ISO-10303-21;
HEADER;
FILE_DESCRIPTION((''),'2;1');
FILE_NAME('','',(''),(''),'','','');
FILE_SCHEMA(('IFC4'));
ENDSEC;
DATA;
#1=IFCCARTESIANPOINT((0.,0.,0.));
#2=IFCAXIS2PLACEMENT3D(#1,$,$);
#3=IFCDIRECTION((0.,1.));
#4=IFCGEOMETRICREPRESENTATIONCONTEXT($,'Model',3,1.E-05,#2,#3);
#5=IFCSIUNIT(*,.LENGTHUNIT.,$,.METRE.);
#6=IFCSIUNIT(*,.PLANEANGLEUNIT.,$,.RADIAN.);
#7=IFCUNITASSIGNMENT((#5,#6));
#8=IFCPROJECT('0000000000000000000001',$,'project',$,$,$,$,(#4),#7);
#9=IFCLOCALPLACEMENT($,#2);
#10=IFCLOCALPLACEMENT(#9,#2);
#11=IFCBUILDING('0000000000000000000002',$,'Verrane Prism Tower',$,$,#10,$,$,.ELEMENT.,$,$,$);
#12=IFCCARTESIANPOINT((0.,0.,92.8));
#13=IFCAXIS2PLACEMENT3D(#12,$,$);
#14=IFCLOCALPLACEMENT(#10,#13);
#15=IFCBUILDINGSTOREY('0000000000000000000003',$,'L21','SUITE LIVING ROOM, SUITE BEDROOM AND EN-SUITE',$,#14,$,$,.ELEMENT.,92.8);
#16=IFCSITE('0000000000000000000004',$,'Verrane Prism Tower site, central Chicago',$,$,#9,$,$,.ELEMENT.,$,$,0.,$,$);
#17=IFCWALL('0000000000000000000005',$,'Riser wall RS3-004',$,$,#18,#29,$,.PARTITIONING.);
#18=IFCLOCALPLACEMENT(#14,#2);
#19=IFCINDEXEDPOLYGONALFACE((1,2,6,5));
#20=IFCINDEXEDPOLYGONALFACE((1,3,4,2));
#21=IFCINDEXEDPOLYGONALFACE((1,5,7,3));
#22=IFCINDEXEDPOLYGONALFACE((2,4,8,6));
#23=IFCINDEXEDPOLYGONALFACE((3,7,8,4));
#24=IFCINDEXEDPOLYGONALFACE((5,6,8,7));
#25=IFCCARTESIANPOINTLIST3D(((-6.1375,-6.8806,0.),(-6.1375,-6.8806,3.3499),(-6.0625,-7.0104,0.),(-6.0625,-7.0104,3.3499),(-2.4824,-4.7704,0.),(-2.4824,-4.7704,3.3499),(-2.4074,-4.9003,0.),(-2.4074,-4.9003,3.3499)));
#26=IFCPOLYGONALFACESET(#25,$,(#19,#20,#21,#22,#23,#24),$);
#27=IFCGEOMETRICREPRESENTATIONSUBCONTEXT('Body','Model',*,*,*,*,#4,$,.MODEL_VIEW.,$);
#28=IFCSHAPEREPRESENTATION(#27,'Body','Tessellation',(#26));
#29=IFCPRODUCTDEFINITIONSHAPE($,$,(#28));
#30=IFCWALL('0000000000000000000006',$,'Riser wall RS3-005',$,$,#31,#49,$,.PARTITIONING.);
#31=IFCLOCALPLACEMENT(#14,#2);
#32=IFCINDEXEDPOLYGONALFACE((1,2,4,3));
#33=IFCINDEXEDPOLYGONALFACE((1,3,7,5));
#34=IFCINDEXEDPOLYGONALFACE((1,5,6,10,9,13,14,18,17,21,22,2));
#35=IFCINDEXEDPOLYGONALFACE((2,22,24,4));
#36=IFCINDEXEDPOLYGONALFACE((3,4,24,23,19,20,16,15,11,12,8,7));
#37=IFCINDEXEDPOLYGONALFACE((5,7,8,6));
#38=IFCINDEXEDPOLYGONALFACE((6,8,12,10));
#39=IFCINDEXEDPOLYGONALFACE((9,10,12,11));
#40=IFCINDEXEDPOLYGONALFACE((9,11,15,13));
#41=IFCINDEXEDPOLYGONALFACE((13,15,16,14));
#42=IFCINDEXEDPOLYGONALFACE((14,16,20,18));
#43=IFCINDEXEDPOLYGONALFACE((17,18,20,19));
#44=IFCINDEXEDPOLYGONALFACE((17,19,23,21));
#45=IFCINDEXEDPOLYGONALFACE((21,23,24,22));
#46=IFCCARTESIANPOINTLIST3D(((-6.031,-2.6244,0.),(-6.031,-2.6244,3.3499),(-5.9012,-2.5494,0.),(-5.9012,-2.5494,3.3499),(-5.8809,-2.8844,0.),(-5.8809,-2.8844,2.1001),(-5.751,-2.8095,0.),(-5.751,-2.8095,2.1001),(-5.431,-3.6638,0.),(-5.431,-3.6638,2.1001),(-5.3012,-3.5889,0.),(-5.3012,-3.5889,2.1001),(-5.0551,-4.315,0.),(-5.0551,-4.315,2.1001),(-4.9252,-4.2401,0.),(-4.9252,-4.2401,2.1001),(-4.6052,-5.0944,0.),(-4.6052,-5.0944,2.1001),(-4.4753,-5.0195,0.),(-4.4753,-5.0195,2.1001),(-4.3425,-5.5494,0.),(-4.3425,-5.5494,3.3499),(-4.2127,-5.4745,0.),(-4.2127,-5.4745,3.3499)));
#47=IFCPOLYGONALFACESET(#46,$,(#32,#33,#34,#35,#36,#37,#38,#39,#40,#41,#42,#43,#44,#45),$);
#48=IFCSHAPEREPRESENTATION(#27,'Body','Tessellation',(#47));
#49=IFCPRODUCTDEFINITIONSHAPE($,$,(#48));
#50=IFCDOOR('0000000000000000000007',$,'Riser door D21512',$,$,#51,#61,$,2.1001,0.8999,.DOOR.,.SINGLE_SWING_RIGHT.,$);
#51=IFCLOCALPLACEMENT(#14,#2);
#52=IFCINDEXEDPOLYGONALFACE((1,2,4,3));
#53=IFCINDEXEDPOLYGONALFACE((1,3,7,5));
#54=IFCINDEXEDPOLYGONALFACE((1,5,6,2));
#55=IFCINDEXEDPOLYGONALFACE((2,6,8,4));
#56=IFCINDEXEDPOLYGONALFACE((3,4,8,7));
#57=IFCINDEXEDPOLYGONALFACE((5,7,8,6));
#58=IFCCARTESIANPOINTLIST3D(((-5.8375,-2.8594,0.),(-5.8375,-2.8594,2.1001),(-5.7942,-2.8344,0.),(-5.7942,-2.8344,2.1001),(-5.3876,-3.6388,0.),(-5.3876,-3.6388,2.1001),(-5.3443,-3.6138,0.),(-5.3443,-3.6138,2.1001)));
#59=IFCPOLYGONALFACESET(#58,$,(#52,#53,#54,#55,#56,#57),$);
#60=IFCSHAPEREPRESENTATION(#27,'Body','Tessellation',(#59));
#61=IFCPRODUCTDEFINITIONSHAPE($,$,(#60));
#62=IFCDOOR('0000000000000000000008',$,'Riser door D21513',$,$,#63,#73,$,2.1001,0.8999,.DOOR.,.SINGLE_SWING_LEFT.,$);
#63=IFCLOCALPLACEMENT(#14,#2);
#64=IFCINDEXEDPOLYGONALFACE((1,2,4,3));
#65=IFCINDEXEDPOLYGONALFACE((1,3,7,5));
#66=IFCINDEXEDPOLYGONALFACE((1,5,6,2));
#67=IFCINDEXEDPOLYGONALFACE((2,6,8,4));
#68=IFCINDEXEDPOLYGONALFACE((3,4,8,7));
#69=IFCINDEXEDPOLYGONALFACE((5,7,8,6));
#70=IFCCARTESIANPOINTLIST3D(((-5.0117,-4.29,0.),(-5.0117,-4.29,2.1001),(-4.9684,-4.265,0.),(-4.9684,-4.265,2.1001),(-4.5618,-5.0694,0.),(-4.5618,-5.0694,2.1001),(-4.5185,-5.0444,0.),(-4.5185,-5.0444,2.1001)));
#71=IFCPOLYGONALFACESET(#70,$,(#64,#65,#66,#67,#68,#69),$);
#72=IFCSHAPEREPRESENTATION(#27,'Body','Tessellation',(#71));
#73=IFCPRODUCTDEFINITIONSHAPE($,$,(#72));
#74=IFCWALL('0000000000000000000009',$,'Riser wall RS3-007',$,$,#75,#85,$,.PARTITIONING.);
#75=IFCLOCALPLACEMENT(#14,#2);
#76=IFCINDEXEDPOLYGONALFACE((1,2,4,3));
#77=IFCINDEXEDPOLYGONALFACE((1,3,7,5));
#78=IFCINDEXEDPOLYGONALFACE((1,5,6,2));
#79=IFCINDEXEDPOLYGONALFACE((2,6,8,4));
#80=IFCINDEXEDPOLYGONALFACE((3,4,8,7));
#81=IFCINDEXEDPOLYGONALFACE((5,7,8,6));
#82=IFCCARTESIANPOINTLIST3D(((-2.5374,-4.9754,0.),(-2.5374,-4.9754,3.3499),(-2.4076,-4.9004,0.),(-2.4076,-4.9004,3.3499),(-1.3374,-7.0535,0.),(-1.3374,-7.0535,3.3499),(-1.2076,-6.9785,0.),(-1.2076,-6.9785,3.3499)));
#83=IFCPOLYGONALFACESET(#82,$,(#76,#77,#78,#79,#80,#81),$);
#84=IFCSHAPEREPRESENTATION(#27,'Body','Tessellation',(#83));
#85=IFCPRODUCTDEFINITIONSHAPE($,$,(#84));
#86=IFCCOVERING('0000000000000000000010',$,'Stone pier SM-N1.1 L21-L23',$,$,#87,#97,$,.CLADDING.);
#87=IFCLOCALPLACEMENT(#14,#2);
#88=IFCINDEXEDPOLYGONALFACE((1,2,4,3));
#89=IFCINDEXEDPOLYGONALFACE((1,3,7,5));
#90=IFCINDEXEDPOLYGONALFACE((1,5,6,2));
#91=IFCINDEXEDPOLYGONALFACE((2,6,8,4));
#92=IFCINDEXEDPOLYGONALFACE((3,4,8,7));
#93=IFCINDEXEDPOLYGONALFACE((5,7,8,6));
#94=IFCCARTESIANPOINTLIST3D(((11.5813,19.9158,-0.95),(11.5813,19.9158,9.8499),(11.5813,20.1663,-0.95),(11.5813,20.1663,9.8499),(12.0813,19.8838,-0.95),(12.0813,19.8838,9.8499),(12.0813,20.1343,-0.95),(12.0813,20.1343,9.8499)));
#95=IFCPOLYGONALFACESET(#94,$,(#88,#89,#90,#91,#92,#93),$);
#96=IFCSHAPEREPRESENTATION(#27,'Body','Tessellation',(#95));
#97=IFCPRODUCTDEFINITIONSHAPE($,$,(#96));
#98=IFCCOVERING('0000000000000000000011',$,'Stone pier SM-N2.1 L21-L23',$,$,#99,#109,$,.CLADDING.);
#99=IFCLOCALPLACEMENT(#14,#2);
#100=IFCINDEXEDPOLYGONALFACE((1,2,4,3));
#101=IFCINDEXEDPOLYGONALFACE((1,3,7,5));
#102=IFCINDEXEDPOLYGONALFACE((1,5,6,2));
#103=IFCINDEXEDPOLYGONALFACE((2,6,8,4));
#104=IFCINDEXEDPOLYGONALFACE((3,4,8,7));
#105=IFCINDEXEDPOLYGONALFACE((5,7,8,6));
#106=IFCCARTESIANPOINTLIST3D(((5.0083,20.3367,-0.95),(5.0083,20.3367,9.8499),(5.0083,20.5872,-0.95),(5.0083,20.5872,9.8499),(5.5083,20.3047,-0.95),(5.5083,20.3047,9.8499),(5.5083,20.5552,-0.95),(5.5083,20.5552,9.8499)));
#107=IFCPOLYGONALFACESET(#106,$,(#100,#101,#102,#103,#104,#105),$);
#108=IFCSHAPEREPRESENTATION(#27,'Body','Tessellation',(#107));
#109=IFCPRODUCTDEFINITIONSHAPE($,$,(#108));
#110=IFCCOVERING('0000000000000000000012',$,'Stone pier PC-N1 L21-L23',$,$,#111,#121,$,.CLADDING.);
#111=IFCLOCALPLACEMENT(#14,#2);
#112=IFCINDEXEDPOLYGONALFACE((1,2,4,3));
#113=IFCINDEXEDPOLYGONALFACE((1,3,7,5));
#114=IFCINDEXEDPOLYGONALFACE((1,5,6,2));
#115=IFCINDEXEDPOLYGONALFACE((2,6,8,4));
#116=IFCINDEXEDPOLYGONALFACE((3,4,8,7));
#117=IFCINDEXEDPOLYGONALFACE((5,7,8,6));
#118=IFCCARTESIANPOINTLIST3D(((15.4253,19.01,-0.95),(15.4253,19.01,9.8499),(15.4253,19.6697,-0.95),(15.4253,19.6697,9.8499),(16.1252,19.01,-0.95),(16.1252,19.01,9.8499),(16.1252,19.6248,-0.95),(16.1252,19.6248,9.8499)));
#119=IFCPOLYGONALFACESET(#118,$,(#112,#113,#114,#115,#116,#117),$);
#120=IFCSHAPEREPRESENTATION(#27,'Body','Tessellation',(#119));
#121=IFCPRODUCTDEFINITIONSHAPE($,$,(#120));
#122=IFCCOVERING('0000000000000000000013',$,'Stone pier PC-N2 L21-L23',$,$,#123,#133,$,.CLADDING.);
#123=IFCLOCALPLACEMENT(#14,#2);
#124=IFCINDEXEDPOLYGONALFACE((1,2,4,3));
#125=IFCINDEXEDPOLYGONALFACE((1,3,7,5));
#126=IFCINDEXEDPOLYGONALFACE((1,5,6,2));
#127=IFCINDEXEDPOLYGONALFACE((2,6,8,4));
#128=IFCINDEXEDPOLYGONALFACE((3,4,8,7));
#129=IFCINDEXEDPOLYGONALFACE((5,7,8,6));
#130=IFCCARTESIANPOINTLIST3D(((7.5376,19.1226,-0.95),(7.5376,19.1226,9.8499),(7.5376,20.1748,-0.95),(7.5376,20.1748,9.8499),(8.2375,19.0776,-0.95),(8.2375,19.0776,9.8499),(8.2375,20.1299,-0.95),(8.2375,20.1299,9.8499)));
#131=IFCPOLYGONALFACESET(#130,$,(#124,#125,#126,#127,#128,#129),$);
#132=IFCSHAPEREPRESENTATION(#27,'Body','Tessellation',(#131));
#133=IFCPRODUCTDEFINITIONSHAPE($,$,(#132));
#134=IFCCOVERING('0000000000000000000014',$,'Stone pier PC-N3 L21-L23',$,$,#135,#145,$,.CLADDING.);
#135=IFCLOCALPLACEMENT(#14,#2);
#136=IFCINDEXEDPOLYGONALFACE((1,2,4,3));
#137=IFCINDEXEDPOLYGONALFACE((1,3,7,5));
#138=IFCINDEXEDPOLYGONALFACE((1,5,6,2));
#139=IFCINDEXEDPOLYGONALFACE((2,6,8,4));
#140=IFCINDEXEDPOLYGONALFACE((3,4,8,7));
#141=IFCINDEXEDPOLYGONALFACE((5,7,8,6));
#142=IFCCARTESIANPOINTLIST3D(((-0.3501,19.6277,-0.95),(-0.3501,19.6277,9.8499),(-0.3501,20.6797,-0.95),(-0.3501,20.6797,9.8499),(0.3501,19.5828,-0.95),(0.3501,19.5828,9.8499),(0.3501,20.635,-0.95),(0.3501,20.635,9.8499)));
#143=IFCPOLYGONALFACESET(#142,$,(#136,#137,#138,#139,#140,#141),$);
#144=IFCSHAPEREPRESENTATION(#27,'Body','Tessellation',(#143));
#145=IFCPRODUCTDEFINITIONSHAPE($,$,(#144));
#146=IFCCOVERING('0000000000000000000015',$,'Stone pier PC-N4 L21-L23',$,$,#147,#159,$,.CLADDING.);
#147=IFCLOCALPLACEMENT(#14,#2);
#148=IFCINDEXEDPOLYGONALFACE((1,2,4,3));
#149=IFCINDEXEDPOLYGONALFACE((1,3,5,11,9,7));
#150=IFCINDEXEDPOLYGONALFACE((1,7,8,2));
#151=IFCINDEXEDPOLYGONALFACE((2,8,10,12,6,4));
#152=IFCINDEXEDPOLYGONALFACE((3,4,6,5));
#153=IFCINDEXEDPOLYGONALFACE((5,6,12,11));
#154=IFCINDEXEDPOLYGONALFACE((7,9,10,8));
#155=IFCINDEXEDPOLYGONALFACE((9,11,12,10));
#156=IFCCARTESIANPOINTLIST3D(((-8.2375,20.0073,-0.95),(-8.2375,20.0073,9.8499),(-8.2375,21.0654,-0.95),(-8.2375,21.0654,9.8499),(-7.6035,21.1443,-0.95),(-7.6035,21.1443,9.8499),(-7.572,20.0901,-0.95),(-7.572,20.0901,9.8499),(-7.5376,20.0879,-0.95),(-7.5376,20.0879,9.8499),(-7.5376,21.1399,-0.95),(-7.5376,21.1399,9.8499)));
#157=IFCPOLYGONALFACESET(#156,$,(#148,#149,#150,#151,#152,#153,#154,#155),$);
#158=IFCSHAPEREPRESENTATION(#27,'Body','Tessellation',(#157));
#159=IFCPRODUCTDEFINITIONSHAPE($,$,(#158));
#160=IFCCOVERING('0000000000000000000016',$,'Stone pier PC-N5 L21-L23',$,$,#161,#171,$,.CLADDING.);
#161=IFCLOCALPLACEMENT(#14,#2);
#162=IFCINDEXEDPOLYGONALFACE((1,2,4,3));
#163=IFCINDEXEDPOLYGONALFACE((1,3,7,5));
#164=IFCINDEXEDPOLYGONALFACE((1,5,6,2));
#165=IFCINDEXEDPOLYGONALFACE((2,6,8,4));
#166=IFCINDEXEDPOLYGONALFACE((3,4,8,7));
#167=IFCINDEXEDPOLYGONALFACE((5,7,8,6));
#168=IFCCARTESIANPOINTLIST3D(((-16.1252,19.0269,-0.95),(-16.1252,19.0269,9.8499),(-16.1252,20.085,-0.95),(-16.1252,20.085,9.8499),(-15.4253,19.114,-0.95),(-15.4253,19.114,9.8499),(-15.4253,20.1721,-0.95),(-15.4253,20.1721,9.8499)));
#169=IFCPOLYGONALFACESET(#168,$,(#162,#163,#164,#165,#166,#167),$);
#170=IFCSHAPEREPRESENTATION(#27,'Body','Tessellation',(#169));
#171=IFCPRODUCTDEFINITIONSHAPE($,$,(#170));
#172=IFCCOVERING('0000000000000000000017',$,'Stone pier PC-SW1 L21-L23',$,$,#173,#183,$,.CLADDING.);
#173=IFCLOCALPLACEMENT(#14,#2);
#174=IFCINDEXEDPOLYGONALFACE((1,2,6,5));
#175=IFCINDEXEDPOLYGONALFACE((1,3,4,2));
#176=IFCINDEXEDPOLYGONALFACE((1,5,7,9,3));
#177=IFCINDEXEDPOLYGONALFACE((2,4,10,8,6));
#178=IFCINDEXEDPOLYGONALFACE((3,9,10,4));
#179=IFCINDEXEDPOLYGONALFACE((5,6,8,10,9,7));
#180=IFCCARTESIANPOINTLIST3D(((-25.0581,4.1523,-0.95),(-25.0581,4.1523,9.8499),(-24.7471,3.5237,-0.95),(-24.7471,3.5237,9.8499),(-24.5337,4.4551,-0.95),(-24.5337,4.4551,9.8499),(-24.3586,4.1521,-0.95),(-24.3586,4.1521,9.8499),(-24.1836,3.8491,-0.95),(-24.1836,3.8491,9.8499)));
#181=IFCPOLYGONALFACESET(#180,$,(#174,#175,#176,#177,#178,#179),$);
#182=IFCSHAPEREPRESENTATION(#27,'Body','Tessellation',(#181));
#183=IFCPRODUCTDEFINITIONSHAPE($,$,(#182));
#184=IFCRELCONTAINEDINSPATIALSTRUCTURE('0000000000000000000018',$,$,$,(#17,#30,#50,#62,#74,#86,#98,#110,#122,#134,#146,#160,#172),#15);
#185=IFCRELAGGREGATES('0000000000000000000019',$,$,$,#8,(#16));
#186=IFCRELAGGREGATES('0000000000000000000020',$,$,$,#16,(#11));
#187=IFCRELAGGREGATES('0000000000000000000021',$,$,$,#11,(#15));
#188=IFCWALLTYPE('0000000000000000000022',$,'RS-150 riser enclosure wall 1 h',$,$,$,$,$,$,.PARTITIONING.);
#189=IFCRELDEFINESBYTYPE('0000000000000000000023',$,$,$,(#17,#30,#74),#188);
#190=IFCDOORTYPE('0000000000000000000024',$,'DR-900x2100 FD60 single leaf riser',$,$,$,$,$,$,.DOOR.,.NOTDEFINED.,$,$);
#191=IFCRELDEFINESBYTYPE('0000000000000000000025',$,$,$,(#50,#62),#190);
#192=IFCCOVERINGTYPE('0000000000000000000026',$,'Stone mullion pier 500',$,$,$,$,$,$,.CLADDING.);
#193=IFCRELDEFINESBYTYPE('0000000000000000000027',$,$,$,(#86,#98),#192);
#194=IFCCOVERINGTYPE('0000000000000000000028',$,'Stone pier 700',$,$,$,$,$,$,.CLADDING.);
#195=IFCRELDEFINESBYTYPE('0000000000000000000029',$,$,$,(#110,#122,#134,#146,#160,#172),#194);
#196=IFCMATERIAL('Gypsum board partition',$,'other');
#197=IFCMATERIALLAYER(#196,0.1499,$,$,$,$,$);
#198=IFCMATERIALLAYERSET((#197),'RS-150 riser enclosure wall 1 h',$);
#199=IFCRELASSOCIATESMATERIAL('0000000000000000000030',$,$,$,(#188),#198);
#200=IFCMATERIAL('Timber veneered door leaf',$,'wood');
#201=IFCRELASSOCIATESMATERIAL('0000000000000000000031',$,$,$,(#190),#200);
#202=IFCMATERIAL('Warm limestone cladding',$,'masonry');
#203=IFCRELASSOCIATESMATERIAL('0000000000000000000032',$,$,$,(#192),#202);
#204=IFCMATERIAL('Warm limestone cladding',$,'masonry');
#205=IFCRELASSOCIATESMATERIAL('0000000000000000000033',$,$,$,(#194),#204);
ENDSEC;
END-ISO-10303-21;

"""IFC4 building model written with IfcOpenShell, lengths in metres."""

from ifc_helpers import new_model, si_unit, direction, frame, frame_2d, origin, place, context, subcontext, project, spatial, polyline, rectangle, outline, extrude, material, layer, layer_set, type_object, element, fill, save


model = new_model("IFC4")

# Units and contexts
model_context = context("Model", 3, precision=1e-05, world=origin(), true_north=direction((0.0, 1.0)))
body_context = subcontext(model_context, "Body", "Model", "MODEL_VIEW")
ifc_project = project(units=[si_unit("LENGTHUNIT", "METRE"), si_unit("PLANEANGLEUNIT", "RADIAN")], contexts=[model_context])

# Site, building, storey
site_placement = place(None, origin())
site = spatial("IfcSite", under=ifc_project, at=site_placement, Name="Verrane Prism Tower site, central Chicago", CompositionType="ELEMENT", RefElevation=0.0)
building_placement = place(site_placement, origin())
building = spatial("IfcBuilding", under=site, at=building_placement, Name="Verrane Prism Tower", CompositionType="ELEMENT")
storey_placement = place(building_placement, frame((0.0, 0.0, 92.8)))
storey = spatial("IfcBuildingStorey", under=building, at=storey_placement, Name="L21", Description="SUITE LIVING ROOM, SUITE BEDROOM AND EN-SUITE", CompositionType="ELEMENT", Elevation=92.8)

# Wall
ifc_material_1 = material(Name="Gypsum board partition", Category="other")
ifc_layer_1 = layer(ifc_material_1, 0.1499)
ifc_layer_set_1 = layer_set([ifc_layer_1], Name="RS-150 riser enclosure wall 1 h")
wall_type_1 = type_object("IfcWallType", Name="RS-150 riser enclosure wall 1 h", PredefinedType="PARTITIONING", material=ifc_layer_set_1)
wall_1_placement = place(storey_placement, frame((-6.1001, -6.9456, 0.0), z_axis=(0.0, 0.0, 1.0), x_axis=(0.866038, 0.499978, 0.0)))
element("IfcWall", 1, at=wall_1_placement, inside=storey, type_object=wall_type_1, Name="Riser wall RS3-004", PredefinedType="PARTITIONING", context=body_context, shape_type="SweptSolid", body=[
    extrude(rectangle(XDim=4.2205, YDim=0.1499, at=frame_2d((2.1104, 0.0))), origin(), (0.0, 0.0, 1.0), 3.3499),
])

# Wall, openings, doors
wall_2_placement = place(storey_placement, frame((-4.2776, -5.512, 0.0), z_axis=(0.0, 0.0, 1.0), x_axis=(-0.499933, 0.866064, 0.0)))
wall_2 = element("IfcWall", 2, at=wall_2_placement, inside=storey, type_object=wall_type_1, Name="Riser wall RS3-005", PredefinedType="PARTITIONING", context=body_context, shape_type="SweptSolid", body=[
    extrude(rectangle(XDim=3.3774, YDim=0.1499, at=frame_2d((1.6887, 0.0))), origin(), (0.0, 0.0, 1.0), 3.3499),
])
opening_1_placement = place(wall_2_placement, frame((2.1772, 0.0, 0.0)))
opening_1 = element("IfcOpeningElement", 3, at=opening_1_placement, cuts=wall_2, PredefinedType="OPENING", context=body_context, shape_type="SweptSolid", body=[
    extrude(rectangle(XDim=0.8999, YDim=2.1001, at=frame_2d((0.45, 1.05))), frame((0.0, 0.085, 0.0), z_axis=(0.0, -1.0, 0.0), x_axis=(1.0, 0.0, 0.0)), (0.0, 0.0, 1.0), 0.1699),
])
opening_2_placement = place(wall_2_placement, frame((0.5254, 0.0, 0.0)))
opening_2 = element("IfcOpeningElement", 4, at=opening_2_placement, cuts=wall_2, PredefinedType="OPENING", context=body_context, shape_type="SweptSolid", body=[
    extrude(rectangle(XDim=0.8999, YDim=2.1001, at=frame_2d((0.45, 1.05))), frame((0.0, 0.085, 0.0), z_axis=(0.0, -1.0, 0.0), x_axis=(1.0, 0.0, 0.0)), (0.0, 0.0, 1.0), 0.1699),
])
ifc_material_2 = material(Name="Timber veneered door leaf", Category="wood")
door_type_1 = type_object("IfcDoorType", Name="DR-900x2100 FD60 single leaf riser", OperationType="NOTDEFINED", PredefinedType="DOOR", material=ifc_material_2)
door_1_placement = place(opening_1_placement, origin())
door_1 = element("IfcDoor", 5, at=door_1_placement, inside=storey, type_object=door_type_1, Name="Riser door D21512", OperationType="SINGLE_SWING_RIGHT", OverallHeight=2.1001, OverallWidth=0.8999, PredefinedType="DOOR", context=body_context, shape_type="SweptSolid", body=[
    extrude(rectangle(XDim=0.8999, YDim=2.1001, at=frame_2d((0.45, 1.05))), frame((0.0, 0.0249, 0.0), z_axis=(0.0, -1.0, 0.0), x_axis=(1.0, 0.0, 0.0)), (0.0, 0.0, 1.0), 0.05),
])
fill(opening_1, door_1)
door_2_placement = place(opening_2_placement, origin())
door_2 = element("IfcDoor", 6, at=door_2_placement, inside=storey, type_object=door_type_1, Name="Riser door D21513", OperationType="SINGLE_SWING_LEFT", OverallHeight=2.1001, OverallWidth=0.8999, PredefinedType="DOOR", context=body_context, shape_type="SweptSolid", body=[
    extrude(rectangle(XDim=0.8999, YDim=2.1001, at=frame_2d((0.45, 1.05))), frame((0.0, 0.0249, 0.0), z_axis=(0.0, -1.0, 0.0), x_axis=(1.0, 0.0, 0.0)), (0.0, 0.0, 1.0), 0.05),
])
fill(opening_2, door_2)

# Wall
wall_3_placement = place(storey_placement, frame((-2.4724, -4.938, 0.0), z_axis=(0.0, 0.0, 1.0), x_axis=(0.500045, -0.865999, 0.0)))
element("IfcWall", 7, at=wall_3_placement, inside=storey, type_object=wall_type_1, Name="Riser wall RS3-007", PredefinedType="PARTITIONING", context=body_context, shape_type="SweptSolid", body=[
    extrude(rectangle(XDim=2.3997, YDim=0.1499, at=frame_2d((1.1997, 0.0))), origin(), (0.0, 0.0, 1.0), 3.3499),
])

# Coverings
ifc_material_3 = material(Name="Warm limestone cladding", Category="masonry")
covering_type_1 = type_object("IfcCoveringType", Name="Stone mullion pier 500", PredefinedType="CLADDING", material=ifc_material_3)
covering_1_placement = place(storey_placement, frame((0.0, 0.0, -0.95)))
element("IfcCovering", 8, at=covering_1_placement, inside=storey, type_object=covering_type_1, Name="Stone pier SM-N1.1 L21-L23", PredefinedType="CLADDING", context=body_context, shape_type="SweptSolid", body=[
    extrude(outline(polyline([(11.5813, 19.9158), (12.0813, 19.8838), (12.0813, 20.1343), (11.5813, 20.1663), (11.5813, 19.9158)])), origin(), (0.0, 0.0, 1.0), 10.7998),
])
covering_2_placement = place(storey_placement, frame((0.0, 0.0, -0.95)))
element("IfcCovering", 9, at=covering_2_placement, inside=storey, type_object=covering_type_1, Name="Stone pier SM-N2.1 L21-L23", PredefinedType="CLADDING", context=body_context, shape_type="SweptSolid", body=[
    extrude(outline(polyline([(5.0083, 20.3367), (5.5083, 20.3047), (5.5083, 20.5552), (5.0083, 20.5872), (5.0083, 20.3367)])), origin(), (0.0, 0.0, 1.0), 10.7998),
])
ifc_material_4 = material(Name="Warm limestone cladding", Category="masonry")
covering_type_2 = type_object("IfcCoveringType", Name="Stone pier 700", PredefinedType="CLADDING", material=ifc_material_4)
covering_3_placement = place(storey_placement, frame((0.0, 0.0, -0.95)))
element("IfcCovering", 10, at=covering_3_placement, inside=storey, type_object=covering_type_2, Name="Stone pier PC-N1 L21-L23", PredefinedType="CLADDING", context=body_context, shape_type="SweptSolid", body=[
    extrude(outline(polyline([(15.4253, 19.01), (16.1252, 19.01), (16.1252, 19.6248), (15.4253, 19.6697), (15.4253, 19.01)])), origin(), (0.0, 0.0, 1.0), 10.7998),
])
covering_4_placement = place(storey_placement, frame((0.0, 0.0, -0.95)))
element("IfcCovering", 11, at=covering_4_placement, inside=storey, type_object=covering_type_2, Name="Stone pier PC-N2 L21-L23", PredefinedType="CLADDING", context=body_context, shape_type="SweptSolid", body=[
    extrude(outline(polyline([(7.5376, 20.1748), (7.5376, 19.1226), (8.2375, 19.0776), (8.2375, 20.1299), (7.5376, 20.1748)])), origin(), (0.0, 0.0, 1.0), 10.7998),
])
covering_5_placement = place(storey_placement, frame((0.0, 0.0, -0.95)))
element("IfcCovering", 12, at=covering_5_placement, inside=storey, type_object=covering_type_2, Name="Stone pier PC-N3 L21-L23", PredefinedType="CLADDING", context=body_context, shape_type="SweptSolid", body=[
    extrude(outline(polyline([(-0.3501, 20.6797), (-0.3501, 19.6277), (0.3501, 19.5828), (0.3501, 20.635), (-0.3501, 20.6797)])), origin(), (0.0, 0.0, 1.0), 10.7998),
])
covering_6_placement = place(storey_placement, frame((0.0, 0.0, -0.95)))
element("IfcCovering", 13, at=covering_6_placement, inside=storey, type_object=covering_type_2, Name="Stone pier PC-N4 L21-L23", PredefinedType="CLADDING", context=body_context, shape_type="SweptSolid", body=[
    extrude(outline(polyline([(-8.2375, 21.0654), (-8.2375, 20.0073), (-7.572, 20.0901), (-7.5376, 20.0879), (-7.5376, 21.1399), (-7.6035, 21.1443), (-8.2375, 21.0654)])), origin(), (0.0, 0.0, 1.0), 10.7998),
])
covering_7_placement = place(storey_placement, frame((0.0, 0.0, -0.95)))
element("IfcCovering", 14, at=covering_7_placement, inside=storey, type_object=covering_type_2, Name="Stone pier PC-N5 L21-L23", PredefinedType="CLADDING", context=body_context, shape_type="SweptSolid", body=[
    extrude(outline(polyline([(-16.1252, 20.085), (-16.1252, 19.0269), (-15.4253, 19.114), (-15.4253, 20.1721), (-16.1252, 20.085)])), origin(), (0.0, 0.0, 1.0), 10.7998),
])
covering_8_placement = place(storey_placement, frame((0.0, 0.0, -0.95)))
element("IfcCovering", 15, at=covering_8_placement, inside=storey, type_object=covering_type_2, Name="Stone pier PC-SW1 L21-L23", PredefinedType="CLADDING", context=body_context, shape_type="SweptSolid", body=[
    extrude(outline(polyline([(-24.1836, 3.8491), (-24.3586, 4.1521), (-24.5337, 4.4551), (-25.0581, 4.1523), (-24.7471, 3.5237), (-24.1836, 3.8491)])), origin(), (0.0, 0.0, 1.0), 10.7998),
])

save(model, "model.ifc")
